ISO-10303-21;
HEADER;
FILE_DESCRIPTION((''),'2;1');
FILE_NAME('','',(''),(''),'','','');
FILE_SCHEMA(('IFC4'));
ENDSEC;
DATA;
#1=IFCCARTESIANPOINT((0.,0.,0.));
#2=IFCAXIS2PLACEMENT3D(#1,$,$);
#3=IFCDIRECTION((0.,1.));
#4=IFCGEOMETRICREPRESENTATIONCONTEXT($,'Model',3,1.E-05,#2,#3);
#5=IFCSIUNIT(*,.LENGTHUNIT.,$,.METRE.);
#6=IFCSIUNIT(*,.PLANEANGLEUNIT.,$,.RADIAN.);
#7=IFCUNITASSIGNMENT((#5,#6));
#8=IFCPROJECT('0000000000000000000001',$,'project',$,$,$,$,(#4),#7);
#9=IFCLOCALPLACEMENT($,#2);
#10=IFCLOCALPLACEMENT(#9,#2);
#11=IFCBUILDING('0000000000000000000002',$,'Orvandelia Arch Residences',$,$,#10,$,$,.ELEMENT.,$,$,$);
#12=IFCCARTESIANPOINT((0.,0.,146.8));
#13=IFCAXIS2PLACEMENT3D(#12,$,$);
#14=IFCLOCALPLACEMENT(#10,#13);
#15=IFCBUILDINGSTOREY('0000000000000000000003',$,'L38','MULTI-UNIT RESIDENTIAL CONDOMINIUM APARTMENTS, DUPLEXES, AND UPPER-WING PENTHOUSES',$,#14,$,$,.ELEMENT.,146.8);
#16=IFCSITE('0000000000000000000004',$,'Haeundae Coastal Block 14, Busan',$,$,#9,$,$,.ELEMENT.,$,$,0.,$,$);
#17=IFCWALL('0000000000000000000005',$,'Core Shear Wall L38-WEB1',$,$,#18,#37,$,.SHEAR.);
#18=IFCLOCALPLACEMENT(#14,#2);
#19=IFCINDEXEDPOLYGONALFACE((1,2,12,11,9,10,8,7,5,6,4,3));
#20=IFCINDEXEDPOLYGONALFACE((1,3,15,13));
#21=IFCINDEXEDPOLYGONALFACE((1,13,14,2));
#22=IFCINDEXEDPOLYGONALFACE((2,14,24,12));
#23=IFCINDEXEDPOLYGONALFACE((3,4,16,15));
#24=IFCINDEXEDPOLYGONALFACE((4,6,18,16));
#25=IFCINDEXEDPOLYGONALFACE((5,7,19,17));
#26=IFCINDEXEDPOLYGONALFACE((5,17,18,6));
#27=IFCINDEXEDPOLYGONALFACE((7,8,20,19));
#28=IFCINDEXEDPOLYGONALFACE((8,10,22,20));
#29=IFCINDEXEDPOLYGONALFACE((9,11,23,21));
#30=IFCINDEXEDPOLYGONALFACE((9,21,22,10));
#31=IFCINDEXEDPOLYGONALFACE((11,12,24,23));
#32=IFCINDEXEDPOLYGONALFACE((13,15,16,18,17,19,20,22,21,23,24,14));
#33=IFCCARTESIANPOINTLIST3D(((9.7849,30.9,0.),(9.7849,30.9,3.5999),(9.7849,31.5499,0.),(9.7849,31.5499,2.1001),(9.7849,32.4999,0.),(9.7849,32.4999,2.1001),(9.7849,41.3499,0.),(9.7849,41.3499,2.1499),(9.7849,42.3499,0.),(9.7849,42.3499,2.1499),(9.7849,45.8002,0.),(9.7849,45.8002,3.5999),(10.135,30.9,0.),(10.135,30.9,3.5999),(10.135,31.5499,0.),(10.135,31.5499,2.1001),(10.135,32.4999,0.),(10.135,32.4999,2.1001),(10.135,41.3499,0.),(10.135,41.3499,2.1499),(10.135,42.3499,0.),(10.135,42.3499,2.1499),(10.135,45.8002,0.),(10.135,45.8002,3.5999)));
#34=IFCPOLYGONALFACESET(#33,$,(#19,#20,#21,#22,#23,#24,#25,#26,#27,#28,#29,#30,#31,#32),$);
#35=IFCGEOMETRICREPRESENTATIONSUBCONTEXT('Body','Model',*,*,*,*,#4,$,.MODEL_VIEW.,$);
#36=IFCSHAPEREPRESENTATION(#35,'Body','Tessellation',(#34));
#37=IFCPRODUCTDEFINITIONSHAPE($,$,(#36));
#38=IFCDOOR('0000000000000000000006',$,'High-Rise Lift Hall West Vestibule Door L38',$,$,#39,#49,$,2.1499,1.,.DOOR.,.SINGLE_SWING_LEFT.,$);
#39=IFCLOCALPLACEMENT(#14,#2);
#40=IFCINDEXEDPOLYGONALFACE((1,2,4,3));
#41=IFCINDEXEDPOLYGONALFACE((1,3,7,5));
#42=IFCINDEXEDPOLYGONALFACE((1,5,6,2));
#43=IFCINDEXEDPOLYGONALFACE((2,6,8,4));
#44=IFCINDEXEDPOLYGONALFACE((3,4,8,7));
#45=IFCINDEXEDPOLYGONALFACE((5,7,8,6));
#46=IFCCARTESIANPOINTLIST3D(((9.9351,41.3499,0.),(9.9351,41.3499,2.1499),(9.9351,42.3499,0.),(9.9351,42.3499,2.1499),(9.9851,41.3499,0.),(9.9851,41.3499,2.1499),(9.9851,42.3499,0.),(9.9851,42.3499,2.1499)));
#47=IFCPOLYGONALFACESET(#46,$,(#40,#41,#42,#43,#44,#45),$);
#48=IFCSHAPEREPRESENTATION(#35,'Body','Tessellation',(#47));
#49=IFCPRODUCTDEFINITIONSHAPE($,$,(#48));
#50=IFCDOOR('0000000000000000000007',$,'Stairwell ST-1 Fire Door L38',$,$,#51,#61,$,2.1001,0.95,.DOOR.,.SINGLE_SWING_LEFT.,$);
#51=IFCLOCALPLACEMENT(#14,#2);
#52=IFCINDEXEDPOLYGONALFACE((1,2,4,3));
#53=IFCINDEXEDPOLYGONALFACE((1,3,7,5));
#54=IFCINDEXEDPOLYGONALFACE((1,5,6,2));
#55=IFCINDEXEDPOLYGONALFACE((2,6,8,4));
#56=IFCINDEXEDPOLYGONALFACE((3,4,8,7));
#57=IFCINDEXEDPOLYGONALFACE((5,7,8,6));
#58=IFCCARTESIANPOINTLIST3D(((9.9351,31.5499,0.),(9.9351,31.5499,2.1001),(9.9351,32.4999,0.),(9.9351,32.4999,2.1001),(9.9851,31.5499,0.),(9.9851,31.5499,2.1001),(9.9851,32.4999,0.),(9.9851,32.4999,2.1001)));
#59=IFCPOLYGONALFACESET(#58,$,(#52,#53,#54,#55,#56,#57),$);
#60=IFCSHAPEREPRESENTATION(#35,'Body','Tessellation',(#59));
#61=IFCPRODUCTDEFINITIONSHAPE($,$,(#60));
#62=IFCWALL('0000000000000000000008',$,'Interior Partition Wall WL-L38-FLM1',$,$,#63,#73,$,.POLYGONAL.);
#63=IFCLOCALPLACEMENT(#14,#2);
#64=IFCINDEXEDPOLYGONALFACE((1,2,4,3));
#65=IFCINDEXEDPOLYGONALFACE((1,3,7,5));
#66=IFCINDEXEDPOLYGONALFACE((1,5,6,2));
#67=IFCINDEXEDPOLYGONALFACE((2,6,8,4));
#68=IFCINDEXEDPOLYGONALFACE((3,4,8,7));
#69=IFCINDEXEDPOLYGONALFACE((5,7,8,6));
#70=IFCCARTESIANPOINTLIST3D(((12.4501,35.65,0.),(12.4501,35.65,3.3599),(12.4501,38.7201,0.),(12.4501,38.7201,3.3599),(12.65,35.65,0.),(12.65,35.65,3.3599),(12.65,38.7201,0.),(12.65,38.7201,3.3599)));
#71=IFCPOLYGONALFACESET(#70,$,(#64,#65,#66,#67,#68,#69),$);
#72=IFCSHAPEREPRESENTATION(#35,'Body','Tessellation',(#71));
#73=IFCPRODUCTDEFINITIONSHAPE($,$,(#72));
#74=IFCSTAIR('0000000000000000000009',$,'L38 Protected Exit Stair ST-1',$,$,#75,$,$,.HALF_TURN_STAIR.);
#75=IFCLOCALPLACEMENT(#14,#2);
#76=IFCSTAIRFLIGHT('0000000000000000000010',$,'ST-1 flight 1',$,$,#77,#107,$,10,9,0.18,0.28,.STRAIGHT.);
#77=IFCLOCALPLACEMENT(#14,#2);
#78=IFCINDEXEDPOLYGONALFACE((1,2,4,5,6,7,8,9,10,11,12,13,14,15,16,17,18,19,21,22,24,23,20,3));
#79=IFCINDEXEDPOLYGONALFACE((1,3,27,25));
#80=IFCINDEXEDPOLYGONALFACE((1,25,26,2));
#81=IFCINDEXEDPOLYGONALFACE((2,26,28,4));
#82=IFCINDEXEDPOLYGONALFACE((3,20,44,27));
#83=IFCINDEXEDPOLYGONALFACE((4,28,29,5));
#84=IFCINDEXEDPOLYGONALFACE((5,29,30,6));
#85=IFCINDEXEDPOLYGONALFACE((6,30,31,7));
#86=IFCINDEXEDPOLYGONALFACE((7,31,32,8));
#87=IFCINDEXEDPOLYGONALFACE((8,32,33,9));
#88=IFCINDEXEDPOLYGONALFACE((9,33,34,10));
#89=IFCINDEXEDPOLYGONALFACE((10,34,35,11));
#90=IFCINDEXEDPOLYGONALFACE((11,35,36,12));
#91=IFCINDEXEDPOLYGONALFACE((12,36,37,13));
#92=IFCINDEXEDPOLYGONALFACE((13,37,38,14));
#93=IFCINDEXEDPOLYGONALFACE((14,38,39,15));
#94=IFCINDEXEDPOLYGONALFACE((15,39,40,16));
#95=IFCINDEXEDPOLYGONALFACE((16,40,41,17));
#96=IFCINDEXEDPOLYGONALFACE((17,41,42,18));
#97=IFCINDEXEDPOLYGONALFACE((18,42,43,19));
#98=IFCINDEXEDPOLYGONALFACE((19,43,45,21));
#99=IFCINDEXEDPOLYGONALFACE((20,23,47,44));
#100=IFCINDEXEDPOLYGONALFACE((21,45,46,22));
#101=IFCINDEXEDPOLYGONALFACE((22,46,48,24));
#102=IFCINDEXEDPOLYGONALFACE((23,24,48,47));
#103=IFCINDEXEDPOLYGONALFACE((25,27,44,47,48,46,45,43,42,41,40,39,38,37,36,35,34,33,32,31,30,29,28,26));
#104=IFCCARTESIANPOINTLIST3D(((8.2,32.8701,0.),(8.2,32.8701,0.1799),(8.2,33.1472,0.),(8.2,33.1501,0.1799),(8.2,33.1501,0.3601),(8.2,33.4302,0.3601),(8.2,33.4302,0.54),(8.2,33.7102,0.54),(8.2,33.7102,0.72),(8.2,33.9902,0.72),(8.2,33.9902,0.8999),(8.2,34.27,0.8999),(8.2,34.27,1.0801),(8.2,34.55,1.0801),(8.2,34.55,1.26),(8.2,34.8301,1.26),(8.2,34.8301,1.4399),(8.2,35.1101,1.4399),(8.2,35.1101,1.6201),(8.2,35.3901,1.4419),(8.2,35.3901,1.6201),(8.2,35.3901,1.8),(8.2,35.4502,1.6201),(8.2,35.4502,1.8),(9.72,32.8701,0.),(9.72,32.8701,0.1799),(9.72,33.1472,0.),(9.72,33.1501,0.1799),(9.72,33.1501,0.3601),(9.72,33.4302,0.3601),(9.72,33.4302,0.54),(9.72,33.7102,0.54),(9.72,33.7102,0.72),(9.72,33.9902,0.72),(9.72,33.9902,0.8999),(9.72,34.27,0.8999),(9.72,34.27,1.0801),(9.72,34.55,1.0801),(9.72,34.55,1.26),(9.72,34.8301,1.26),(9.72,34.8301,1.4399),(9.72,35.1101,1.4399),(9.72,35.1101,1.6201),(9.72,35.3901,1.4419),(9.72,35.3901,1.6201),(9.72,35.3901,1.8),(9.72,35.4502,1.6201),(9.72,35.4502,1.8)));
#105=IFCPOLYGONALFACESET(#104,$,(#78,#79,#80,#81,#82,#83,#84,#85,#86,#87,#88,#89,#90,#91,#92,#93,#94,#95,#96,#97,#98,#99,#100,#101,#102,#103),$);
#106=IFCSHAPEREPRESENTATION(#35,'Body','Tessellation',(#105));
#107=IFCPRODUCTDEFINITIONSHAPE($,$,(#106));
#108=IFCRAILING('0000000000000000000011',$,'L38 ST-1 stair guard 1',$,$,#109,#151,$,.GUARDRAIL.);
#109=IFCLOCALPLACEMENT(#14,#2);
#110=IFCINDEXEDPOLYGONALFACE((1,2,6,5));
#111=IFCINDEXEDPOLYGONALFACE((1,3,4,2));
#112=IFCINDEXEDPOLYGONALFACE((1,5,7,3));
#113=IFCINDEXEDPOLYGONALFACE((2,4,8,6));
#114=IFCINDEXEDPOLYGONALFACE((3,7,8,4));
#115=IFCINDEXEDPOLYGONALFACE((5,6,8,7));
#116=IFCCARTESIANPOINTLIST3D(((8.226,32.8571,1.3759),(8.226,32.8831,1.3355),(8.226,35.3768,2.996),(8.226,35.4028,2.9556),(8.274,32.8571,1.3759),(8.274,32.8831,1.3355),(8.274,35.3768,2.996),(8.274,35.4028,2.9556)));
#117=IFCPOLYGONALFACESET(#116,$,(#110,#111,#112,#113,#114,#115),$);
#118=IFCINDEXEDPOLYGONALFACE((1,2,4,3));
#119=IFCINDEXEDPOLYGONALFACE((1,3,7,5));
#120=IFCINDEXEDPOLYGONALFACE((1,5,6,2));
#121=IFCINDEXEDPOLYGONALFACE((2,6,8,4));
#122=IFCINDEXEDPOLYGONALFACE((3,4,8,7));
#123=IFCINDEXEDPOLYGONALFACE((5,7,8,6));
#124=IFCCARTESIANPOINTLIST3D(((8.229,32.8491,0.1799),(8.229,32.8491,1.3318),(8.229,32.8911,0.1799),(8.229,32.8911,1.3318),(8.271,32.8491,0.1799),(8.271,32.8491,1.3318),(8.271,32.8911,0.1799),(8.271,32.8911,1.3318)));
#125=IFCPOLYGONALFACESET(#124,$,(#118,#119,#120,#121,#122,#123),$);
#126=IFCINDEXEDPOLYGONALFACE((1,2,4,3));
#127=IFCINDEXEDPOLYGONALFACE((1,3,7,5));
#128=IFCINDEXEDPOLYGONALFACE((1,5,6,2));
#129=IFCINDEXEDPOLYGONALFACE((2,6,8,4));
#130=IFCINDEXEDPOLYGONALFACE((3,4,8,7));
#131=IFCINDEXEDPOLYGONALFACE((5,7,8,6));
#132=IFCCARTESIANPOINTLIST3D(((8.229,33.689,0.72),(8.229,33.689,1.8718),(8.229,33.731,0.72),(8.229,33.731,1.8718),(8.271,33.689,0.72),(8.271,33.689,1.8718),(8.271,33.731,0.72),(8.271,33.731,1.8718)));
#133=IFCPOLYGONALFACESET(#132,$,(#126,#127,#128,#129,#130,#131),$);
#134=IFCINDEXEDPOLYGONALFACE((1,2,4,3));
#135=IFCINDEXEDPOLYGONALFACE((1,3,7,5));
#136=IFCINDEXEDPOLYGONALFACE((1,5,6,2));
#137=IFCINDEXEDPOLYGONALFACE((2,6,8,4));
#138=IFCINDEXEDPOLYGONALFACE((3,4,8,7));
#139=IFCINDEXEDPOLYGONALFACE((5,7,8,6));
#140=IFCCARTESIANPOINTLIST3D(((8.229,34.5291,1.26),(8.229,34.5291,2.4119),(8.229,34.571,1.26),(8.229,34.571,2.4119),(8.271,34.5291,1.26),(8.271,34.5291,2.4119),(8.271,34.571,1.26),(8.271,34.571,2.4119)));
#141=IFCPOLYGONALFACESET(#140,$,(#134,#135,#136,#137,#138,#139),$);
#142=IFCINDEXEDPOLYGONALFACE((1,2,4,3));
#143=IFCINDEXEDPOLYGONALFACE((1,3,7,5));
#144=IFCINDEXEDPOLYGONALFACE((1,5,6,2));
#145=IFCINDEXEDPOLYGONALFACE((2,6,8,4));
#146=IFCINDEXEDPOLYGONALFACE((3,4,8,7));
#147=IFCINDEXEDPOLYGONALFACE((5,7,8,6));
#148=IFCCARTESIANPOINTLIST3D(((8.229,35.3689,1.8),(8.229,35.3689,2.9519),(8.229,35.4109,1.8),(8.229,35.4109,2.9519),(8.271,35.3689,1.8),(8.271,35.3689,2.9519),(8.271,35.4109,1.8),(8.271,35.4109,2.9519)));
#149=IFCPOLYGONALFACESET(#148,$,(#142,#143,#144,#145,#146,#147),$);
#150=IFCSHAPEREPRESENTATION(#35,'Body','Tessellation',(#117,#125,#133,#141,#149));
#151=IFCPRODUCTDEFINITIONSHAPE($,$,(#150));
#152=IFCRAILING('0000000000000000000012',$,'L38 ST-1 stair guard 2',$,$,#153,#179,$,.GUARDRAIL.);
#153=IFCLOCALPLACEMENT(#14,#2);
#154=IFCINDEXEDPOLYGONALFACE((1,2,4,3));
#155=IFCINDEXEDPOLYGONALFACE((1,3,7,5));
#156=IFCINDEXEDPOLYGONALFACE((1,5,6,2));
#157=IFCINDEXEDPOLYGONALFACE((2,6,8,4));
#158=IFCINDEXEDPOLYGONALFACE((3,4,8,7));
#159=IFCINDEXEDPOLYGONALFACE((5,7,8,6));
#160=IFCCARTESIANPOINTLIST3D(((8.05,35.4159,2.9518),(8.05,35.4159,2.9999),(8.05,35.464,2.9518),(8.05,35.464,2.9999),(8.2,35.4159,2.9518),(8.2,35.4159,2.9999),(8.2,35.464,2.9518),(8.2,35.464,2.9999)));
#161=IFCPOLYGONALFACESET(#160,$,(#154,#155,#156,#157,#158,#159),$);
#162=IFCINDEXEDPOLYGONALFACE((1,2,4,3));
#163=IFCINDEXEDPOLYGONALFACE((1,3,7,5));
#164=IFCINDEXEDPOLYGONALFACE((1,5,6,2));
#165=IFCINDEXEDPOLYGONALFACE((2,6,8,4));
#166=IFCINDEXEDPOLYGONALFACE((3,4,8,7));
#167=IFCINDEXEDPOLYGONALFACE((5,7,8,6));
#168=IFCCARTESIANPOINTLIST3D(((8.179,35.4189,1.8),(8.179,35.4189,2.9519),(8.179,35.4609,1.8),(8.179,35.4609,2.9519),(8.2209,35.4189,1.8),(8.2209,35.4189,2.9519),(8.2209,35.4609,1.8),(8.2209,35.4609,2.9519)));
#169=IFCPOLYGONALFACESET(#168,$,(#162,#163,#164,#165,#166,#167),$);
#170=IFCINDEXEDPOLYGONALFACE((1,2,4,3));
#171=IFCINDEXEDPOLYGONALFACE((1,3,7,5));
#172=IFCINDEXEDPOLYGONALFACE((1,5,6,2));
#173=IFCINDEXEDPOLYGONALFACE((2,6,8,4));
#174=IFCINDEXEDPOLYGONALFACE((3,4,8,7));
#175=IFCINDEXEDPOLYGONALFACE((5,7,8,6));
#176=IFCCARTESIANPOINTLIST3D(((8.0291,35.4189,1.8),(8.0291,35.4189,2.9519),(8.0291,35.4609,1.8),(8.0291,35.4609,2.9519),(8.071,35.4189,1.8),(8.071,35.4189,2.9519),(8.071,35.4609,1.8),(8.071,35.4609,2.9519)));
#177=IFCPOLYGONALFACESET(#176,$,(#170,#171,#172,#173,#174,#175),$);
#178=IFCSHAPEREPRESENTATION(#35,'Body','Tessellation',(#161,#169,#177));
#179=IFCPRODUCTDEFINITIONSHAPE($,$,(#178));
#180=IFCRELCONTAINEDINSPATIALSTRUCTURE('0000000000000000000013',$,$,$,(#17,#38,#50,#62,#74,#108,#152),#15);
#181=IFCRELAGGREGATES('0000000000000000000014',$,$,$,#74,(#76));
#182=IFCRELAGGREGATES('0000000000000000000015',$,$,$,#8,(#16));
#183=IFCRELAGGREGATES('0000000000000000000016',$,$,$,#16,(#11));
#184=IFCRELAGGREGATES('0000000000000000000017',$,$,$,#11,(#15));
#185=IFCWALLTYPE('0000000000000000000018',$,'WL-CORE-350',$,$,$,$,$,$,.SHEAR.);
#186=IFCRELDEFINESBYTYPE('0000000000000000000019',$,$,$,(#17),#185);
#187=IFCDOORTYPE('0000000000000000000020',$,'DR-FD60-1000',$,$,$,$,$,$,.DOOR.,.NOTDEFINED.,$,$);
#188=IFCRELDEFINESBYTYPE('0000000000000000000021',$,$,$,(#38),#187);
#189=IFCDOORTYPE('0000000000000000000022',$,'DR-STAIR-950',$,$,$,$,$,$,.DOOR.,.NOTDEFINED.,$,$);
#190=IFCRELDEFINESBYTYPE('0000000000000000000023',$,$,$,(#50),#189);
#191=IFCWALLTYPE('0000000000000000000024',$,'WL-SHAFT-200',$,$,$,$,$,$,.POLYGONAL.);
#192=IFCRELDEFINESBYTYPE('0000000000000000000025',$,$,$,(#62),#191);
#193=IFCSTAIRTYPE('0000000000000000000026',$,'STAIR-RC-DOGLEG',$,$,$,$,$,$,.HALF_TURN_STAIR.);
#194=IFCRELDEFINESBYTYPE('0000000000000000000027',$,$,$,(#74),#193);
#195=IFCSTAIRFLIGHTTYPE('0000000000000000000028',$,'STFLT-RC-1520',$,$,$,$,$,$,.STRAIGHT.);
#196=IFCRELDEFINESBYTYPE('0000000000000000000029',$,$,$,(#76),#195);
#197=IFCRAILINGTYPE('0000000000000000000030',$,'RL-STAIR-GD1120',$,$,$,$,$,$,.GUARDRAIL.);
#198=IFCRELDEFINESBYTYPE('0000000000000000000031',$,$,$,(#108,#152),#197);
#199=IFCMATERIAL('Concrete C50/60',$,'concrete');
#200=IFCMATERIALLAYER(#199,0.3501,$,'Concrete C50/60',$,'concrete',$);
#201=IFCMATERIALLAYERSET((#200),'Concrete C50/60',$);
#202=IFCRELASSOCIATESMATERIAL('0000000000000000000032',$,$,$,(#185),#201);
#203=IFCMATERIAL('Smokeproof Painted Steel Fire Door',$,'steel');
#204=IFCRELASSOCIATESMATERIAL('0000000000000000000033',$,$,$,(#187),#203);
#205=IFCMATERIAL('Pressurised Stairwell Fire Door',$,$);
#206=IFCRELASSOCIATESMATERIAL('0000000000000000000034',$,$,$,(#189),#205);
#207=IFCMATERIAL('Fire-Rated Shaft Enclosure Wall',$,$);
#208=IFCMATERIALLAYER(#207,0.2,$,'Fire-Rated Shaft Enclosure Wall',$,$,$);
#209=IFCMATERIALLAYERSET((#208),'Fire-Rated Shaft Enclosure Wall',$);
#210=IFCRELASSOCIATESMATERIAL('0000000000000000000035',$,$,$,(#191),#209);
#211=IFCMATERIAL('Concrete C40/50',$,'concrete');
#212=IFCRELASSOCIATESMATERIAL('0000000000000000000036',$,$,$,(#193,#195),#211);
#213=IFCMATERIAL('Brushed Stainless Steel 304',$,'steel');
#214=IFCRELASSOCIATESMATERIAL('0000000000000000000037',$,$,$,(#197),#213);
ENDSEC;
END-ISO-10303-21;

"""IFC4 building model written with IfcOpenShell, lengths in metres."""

from ifc_helpers import new_model, si_unit, direction, frame, frame_2d, origin, origin_2d, place, context, subcontext, project, spatial, polyline, rectangle, outline, extrude, material, layer, layer_set, type_object, element, fill, aggregate, save


model = new_model("IFC4")

# Units and contexts
model_context = context("Model", 3, precision=1e-05, world=origin(), true_north=direction((0.0, 1.0)))
body_context = subcontext(model_context, "Body", "Model", "MODEL_VIEW")
ifc_project = project(units=[si_unit("LENGTHUNIT", "METRE"), si_unit("PLANEANGLEUNIT", "RADIAN")], contexts=[model_context])

# Site, building, storey
site_placement = place(None, origin())
site = spatial("IfcSite", under=ifc_project, at=site_placement, Name="Haeundae Coastal Block 14, Busan", CompositionType="ELEMENT", RefElevation=0.0)
building_placement = place(site_placement, origin())
building = spatial("IfcBuilding", under=site, at=building_placement, Name="Orvandelia Arch Residences", CompositionType="ELEMENT")
storey_placement = place(building_placement, frame((0.0, 0.0, 146.8)))
storey = spatial("IfcBuildingStorey", under=building, at=storey_placement, Name="L38", Description="MULTI-UNIT RESIDENTIAL CONDOMINIUM APARTMENTS, DUPLEXES, AND UPPER-WING PENTHOUSES", CompositionType="ELEMENT", Elevation=146.8)

# Wall, openings, doors
ifc_material_1 = material(Name="Concrete C50/60", Category="concrete")
ifc_layer_1 = layer(ifc_material_1, 0.3501, Name="Concrete C50/60", Category="concrete")
ifc_layer_set_1 = layer_set([ifc_layer_1], Name="Concrete C50/60")
wall_type_1 = type_object("IfcWallType", Name="WL-CORE-350", PredefinedType="SHEAR", material=ifc_layer_set_1)
wall_1_placement = place(storey_placement, frame((9.96, 30.8999, 0.0), z_axis=(0.0, 0.0, 1.0), x_axis=(0.0, 1.0, 0.0)))
wall_1 = element("IfcWall", 1, at=wall_1_placement, inside=storey, type_object=wall_type_1, Name="Core Shear Wall L38-WEB1", PredefinedType="SHEAR", context=body_context, shape_type="SweptSolid", body=[
    extrude(rectangle(XDim=14.9001, YDim=0.3501, at=frame_2d((7.4502, 0.0))), origin(), (0.0, 0.0, 1.0), 3.5999),
])
opening_1_placement = place(wall_1_placement, frame((0.6499, 0.0, 0.0)))
opening_1 = element("IfcOpeningElement", 2, at=opening_1_placement, cuts=wall_1, PredefinedType="OPENING", context=body_context, shape_type="SweptSolid", body=[
    extrude(rectangle(XDim=0.95, YDim=2.1001, at=frame_2d((0.4751, 1.05))), frame((0.0, 0.1851, 0.0), z_axis=(0.0, -1.0, 0.0), x_axis=(1.0, 0.0, 0.0)), (0.0, 0.0, 1.0), 0.3701),
])
opening_2_placement = place(wall_1_placement, frame((10.45, 0.0, 0.0)))
opening_2 = element("IfcOpeningElement", 3, at=opening_2_placement, cuts=wall_1, PredefinedType="OPENING", context=body_context, shape_type="SweptSolid", body=[
    extrude(rectangle(XDim=1.0, YDim=2.1499, at=frame_2d((0.5, 1.075))), frame((0.0, 0.1851, 0.0), z_axis=(0.0, -1.0, 0.0), x_axis=(1.0, 0.0, 0.0)), (0.0, 0.0, 1.0), 0.3701),
])
ifc_material_2 = material(Name="Smokeproof Painted Steel Fire Door", Category="steel")
door_type_1 = type_object("IfcDoorType", Name="DR-FD60-1000", OperationType="NOTDEFINED", PredefinedType="DOOR", material=ifc_material_2)
door_1_placement = place(opening_2_placement, origin())
door_1 = element("IfcDoor", 4, at=door_1_placement, inside=storey, type_object=door_type_1, Name="High-Rise Lift Hall West Vestibule Door L38", OperationType="SINGLE_SWING_LEFT", OverallHeight=2.1499, OverallWidth=1.0, PredefinedType="DOOR", context=body_context, shape_type="SweptSolid", body=[
    extrude(rectangle(XDim=1.0, YDim=2.1499, at=frame_2d((0.5, 1.075))), frame((0.0, 0.0249, 0.0), z_axis=(0.0, -1.0, 0.0), x_axis=(1.0, 0.0, 0.0)), (0.0, 0.0, 1.0), 0.05),
])
fill(opening_2, door_1)
ifc_material_3 = material(Name="Pressurised Stairwell Fire Door")
door_type_2 = type_object("IfcDoorType", Name="DR-STAIR-950", OperationType="NOTDEFINED", PredefinedType="DOOR", material=ifc_material_3)
door_2_placement = place(opening_1_placement, origin())
door_2 = element("IfcDoor", 5, at=door_2_placement, inside=storey, type_object=door_type_2, Name="Stairwell ST-1 Fire Door L38", OperationType="SINGLE_SWING_LEFT", OverallHeight=2.1001, OverallWidth=0.95, PredefinedType="DOOR", context=body_context, shape_type="SweptSolid", body=[
    extrude(rectangle(XDim=0.95, YDim=2.1001, at=frame_2d((0.4751, 1.05))), frame((0.0, 0.0249, 0.0), z_axis=(0.0, -1.0, 0.0), x_axis=(1.0, 0.0, 0.0)), (0.0, 0.0, 1.0), 0.05),
])
fill(opening_1, door_2)

# Wall
ifc_material_4 = material(Name="Fire-Rated Shaft Enclosure Wall")
ifc_layer_2 = layer(ifc_material_4, 0.2, Name="Fire-Rated Shaft Enclosure Wall")
ifc_layer_set_2 = layer_set([ifc_layer_2], Name="Fire-Rated Shaft Enclosure Wall")
wall_type_2 = type_object("IfcWallType", Name="WL-SHAFT-200", PredefinedType="POLYGONAL", material=ifc_layer_set_2)
wall_2_placement = place(storey_placement, frame((12.55, 35.6499, 0.0), z_axis=(0.0, 0.0, 1.0), x_axis=(0.0, 1.0, 0.0)))
element("IfcWall", 6, at=wall_2_placement, inside=storey, type_object=wall_type_2, Name="Interior Partition Wall WL-L38-FLM1", PredefinedType="POLYGONAL", context=body_context, shape_type="SweptSolid", body=[
    extrude(rectangle(XDim=3.0701, YDim=0.2, at=frame_2d((1.5352, 0.0))), origin(), (0.0, 0.0, 1.0), 3.3599),
])

# Stair, stair flight
ifc_material_5 = material(Name="Concrete C40/50", Category="concrete")
stair_type = type_object("IfcStairType", Name="STAIR-RC-DOGLEG", PredefinedType="HALF_TURN_STAIR", material=ifc_material_5)
stair_placement = place(storey_placement, origin())
stair = element("IfcStair", 7, at=stair_placement, inside=storey, type_object=stair_type, Name="L38 Protected Exit Stair ST-1", PredefinedType="HALF_TURN_STAIR")
stair_flight_type = type_object("IfcStairFlightType", Name="STFLT-RC-1520", PredefinedType="STRAIGHT", material=ifc_material_5)
stair_flight_placement = place(storey_placement, frame((8.96, 32.8701, 0.0), z_axis=(0.0, 0.0, 1.0), x_axis=(0.0, 1.0, 0.0)))
stair_flight = element("IfcStairFlight", 8, at=stair_flight_placement, type_object=stair_flight_type, Name="ST-1 flight 1", NumberOfRisers=10, NumberOfTreads=9, PredefinedType="STRAIGHT", RiserHeight=0.18, TreadLength=0.28, context=body_context, shape_type="SweptSolid", body=[
    extrude(outline(polyline([(0.0, 0.0), (0.0, 0.1799), (0.28, 0.1799), (0.28, 0.3601), (0.5601, 0.3601), (0.5601, 0.54), (0.8401, 0.54), (0.8401, 0.72), (1.1201, 0.72), (1.1201, 0.8999), (1.3999, 0.8999), (1.3999, 1.0801), (1.6799, 1.0801), (1.6799, 1.26), (1.96, 1.26), (1.96, 1.4399), (2.24, 1.4399), (2.24, 1.6201), (2.52, 1.6201), (2.52, 1.8), (2.5801, 1.8), (2.5801, 1.6201), (2.52, 1.4419), (0.2771, 0.0), (0.0, 0.0)])), frame((0.0, 0.76, 0.0), z_axis=(0.0, -1.0, 0.0), x_axis=(1.0, 0.0, 0.0)), (0.0, 0.0, 1.0), 1.52),
])
aggregate(stair, [stair_flight])

# Railings
ifc_material_6 = material(Name="Brushed Stainless Steel 304", Category="steel")
railing_type_1 = type_object("IfcRailingType", Name="RL-STAIR-GD1120", PredefinedType="GUARDRAIL", material=ifc_material_6)
railing_1_placement = place(storey_placement, frame((8.25, 32.8701, 0.1799)))
element("IfcRailing", 9, at=railing_1_placement, inside=storey, type_object=railing_type_1, Name="L38 ST-1 stair guard 1", PredefinedType="GUARDRAIL", context=body_context, shape_type="SweptSolid", body=[
    extrude(rectangle(XDim=0.0481, YDim=0.0481, at=origin_2d()), frame((0.0, 0.0, 1.1758), z_axis=(0.0, 0.841139, 0.540819), x_axis=(-1.0, 0.0, 0.0)), (0.0, 0.0, 1.0), 2.9956),
    extrude(rectangle(XDim=0.042, YDim=0.042, at=origin_2d()), origin(), (0.0, 0.0, 1.0), 1.1519),
    extrude(rectangle(XDim=0.042, YDim=0.042, at=origin_2d()), frame((0.0, 0.8398, 0.54)), (0.0, 0.0, 1.0), 1.1519),
    extrude(rectangle(XDim=0.042, YDim=0.042, at=origin_2d()), frame((0.0, 1.6799, 1.0801)), (0.0, 0.0, 1.0), 1.1519),
    extrude(rectangle(XDim=0.042, YDim=0.042, at=origin_2d()), frame((0.0, 2.5198, 1.6201)), (0.0, 0.0, 1.0), 1.1519),
])
for number, where, name in (
    (10, (8.2, 35.4399, 1.8), "L38 ST-1 stair guard 2"),
):
    element("IfcRailing", number, at=place(storey_placement, frame(where)), inside=storey, type_object=railing_type_1, Name=name, PredefinedType="GUARDRAIL", context=body_context, shape_type="SweptSolid", body=[
        extrude(rectangle(XDim=0.0481, YDim=0.0481, at=origin_2d()), frame((0.0, 0.0, 1.1758), z_axis=(-1.0, 0.0, 0.0), x_axis=(0.0, -1.0, 0.0)), (0.0, 0.0, 1.0), 0.1499),
        extrude(rectangle(XDim=0.042, YDim=0.042, at=origin_2d()), origin(), (0.0, 0.0, 1.0), 1.1519),
        extrude(rectangle(XDim=0.042, YDim=0.042, at=origin_2d()), frame((-0.1499, 0.0, 0.0)), (0.0, 0.0, 1.0), 1.1519),
    ])

save(model, "model.ifc")
